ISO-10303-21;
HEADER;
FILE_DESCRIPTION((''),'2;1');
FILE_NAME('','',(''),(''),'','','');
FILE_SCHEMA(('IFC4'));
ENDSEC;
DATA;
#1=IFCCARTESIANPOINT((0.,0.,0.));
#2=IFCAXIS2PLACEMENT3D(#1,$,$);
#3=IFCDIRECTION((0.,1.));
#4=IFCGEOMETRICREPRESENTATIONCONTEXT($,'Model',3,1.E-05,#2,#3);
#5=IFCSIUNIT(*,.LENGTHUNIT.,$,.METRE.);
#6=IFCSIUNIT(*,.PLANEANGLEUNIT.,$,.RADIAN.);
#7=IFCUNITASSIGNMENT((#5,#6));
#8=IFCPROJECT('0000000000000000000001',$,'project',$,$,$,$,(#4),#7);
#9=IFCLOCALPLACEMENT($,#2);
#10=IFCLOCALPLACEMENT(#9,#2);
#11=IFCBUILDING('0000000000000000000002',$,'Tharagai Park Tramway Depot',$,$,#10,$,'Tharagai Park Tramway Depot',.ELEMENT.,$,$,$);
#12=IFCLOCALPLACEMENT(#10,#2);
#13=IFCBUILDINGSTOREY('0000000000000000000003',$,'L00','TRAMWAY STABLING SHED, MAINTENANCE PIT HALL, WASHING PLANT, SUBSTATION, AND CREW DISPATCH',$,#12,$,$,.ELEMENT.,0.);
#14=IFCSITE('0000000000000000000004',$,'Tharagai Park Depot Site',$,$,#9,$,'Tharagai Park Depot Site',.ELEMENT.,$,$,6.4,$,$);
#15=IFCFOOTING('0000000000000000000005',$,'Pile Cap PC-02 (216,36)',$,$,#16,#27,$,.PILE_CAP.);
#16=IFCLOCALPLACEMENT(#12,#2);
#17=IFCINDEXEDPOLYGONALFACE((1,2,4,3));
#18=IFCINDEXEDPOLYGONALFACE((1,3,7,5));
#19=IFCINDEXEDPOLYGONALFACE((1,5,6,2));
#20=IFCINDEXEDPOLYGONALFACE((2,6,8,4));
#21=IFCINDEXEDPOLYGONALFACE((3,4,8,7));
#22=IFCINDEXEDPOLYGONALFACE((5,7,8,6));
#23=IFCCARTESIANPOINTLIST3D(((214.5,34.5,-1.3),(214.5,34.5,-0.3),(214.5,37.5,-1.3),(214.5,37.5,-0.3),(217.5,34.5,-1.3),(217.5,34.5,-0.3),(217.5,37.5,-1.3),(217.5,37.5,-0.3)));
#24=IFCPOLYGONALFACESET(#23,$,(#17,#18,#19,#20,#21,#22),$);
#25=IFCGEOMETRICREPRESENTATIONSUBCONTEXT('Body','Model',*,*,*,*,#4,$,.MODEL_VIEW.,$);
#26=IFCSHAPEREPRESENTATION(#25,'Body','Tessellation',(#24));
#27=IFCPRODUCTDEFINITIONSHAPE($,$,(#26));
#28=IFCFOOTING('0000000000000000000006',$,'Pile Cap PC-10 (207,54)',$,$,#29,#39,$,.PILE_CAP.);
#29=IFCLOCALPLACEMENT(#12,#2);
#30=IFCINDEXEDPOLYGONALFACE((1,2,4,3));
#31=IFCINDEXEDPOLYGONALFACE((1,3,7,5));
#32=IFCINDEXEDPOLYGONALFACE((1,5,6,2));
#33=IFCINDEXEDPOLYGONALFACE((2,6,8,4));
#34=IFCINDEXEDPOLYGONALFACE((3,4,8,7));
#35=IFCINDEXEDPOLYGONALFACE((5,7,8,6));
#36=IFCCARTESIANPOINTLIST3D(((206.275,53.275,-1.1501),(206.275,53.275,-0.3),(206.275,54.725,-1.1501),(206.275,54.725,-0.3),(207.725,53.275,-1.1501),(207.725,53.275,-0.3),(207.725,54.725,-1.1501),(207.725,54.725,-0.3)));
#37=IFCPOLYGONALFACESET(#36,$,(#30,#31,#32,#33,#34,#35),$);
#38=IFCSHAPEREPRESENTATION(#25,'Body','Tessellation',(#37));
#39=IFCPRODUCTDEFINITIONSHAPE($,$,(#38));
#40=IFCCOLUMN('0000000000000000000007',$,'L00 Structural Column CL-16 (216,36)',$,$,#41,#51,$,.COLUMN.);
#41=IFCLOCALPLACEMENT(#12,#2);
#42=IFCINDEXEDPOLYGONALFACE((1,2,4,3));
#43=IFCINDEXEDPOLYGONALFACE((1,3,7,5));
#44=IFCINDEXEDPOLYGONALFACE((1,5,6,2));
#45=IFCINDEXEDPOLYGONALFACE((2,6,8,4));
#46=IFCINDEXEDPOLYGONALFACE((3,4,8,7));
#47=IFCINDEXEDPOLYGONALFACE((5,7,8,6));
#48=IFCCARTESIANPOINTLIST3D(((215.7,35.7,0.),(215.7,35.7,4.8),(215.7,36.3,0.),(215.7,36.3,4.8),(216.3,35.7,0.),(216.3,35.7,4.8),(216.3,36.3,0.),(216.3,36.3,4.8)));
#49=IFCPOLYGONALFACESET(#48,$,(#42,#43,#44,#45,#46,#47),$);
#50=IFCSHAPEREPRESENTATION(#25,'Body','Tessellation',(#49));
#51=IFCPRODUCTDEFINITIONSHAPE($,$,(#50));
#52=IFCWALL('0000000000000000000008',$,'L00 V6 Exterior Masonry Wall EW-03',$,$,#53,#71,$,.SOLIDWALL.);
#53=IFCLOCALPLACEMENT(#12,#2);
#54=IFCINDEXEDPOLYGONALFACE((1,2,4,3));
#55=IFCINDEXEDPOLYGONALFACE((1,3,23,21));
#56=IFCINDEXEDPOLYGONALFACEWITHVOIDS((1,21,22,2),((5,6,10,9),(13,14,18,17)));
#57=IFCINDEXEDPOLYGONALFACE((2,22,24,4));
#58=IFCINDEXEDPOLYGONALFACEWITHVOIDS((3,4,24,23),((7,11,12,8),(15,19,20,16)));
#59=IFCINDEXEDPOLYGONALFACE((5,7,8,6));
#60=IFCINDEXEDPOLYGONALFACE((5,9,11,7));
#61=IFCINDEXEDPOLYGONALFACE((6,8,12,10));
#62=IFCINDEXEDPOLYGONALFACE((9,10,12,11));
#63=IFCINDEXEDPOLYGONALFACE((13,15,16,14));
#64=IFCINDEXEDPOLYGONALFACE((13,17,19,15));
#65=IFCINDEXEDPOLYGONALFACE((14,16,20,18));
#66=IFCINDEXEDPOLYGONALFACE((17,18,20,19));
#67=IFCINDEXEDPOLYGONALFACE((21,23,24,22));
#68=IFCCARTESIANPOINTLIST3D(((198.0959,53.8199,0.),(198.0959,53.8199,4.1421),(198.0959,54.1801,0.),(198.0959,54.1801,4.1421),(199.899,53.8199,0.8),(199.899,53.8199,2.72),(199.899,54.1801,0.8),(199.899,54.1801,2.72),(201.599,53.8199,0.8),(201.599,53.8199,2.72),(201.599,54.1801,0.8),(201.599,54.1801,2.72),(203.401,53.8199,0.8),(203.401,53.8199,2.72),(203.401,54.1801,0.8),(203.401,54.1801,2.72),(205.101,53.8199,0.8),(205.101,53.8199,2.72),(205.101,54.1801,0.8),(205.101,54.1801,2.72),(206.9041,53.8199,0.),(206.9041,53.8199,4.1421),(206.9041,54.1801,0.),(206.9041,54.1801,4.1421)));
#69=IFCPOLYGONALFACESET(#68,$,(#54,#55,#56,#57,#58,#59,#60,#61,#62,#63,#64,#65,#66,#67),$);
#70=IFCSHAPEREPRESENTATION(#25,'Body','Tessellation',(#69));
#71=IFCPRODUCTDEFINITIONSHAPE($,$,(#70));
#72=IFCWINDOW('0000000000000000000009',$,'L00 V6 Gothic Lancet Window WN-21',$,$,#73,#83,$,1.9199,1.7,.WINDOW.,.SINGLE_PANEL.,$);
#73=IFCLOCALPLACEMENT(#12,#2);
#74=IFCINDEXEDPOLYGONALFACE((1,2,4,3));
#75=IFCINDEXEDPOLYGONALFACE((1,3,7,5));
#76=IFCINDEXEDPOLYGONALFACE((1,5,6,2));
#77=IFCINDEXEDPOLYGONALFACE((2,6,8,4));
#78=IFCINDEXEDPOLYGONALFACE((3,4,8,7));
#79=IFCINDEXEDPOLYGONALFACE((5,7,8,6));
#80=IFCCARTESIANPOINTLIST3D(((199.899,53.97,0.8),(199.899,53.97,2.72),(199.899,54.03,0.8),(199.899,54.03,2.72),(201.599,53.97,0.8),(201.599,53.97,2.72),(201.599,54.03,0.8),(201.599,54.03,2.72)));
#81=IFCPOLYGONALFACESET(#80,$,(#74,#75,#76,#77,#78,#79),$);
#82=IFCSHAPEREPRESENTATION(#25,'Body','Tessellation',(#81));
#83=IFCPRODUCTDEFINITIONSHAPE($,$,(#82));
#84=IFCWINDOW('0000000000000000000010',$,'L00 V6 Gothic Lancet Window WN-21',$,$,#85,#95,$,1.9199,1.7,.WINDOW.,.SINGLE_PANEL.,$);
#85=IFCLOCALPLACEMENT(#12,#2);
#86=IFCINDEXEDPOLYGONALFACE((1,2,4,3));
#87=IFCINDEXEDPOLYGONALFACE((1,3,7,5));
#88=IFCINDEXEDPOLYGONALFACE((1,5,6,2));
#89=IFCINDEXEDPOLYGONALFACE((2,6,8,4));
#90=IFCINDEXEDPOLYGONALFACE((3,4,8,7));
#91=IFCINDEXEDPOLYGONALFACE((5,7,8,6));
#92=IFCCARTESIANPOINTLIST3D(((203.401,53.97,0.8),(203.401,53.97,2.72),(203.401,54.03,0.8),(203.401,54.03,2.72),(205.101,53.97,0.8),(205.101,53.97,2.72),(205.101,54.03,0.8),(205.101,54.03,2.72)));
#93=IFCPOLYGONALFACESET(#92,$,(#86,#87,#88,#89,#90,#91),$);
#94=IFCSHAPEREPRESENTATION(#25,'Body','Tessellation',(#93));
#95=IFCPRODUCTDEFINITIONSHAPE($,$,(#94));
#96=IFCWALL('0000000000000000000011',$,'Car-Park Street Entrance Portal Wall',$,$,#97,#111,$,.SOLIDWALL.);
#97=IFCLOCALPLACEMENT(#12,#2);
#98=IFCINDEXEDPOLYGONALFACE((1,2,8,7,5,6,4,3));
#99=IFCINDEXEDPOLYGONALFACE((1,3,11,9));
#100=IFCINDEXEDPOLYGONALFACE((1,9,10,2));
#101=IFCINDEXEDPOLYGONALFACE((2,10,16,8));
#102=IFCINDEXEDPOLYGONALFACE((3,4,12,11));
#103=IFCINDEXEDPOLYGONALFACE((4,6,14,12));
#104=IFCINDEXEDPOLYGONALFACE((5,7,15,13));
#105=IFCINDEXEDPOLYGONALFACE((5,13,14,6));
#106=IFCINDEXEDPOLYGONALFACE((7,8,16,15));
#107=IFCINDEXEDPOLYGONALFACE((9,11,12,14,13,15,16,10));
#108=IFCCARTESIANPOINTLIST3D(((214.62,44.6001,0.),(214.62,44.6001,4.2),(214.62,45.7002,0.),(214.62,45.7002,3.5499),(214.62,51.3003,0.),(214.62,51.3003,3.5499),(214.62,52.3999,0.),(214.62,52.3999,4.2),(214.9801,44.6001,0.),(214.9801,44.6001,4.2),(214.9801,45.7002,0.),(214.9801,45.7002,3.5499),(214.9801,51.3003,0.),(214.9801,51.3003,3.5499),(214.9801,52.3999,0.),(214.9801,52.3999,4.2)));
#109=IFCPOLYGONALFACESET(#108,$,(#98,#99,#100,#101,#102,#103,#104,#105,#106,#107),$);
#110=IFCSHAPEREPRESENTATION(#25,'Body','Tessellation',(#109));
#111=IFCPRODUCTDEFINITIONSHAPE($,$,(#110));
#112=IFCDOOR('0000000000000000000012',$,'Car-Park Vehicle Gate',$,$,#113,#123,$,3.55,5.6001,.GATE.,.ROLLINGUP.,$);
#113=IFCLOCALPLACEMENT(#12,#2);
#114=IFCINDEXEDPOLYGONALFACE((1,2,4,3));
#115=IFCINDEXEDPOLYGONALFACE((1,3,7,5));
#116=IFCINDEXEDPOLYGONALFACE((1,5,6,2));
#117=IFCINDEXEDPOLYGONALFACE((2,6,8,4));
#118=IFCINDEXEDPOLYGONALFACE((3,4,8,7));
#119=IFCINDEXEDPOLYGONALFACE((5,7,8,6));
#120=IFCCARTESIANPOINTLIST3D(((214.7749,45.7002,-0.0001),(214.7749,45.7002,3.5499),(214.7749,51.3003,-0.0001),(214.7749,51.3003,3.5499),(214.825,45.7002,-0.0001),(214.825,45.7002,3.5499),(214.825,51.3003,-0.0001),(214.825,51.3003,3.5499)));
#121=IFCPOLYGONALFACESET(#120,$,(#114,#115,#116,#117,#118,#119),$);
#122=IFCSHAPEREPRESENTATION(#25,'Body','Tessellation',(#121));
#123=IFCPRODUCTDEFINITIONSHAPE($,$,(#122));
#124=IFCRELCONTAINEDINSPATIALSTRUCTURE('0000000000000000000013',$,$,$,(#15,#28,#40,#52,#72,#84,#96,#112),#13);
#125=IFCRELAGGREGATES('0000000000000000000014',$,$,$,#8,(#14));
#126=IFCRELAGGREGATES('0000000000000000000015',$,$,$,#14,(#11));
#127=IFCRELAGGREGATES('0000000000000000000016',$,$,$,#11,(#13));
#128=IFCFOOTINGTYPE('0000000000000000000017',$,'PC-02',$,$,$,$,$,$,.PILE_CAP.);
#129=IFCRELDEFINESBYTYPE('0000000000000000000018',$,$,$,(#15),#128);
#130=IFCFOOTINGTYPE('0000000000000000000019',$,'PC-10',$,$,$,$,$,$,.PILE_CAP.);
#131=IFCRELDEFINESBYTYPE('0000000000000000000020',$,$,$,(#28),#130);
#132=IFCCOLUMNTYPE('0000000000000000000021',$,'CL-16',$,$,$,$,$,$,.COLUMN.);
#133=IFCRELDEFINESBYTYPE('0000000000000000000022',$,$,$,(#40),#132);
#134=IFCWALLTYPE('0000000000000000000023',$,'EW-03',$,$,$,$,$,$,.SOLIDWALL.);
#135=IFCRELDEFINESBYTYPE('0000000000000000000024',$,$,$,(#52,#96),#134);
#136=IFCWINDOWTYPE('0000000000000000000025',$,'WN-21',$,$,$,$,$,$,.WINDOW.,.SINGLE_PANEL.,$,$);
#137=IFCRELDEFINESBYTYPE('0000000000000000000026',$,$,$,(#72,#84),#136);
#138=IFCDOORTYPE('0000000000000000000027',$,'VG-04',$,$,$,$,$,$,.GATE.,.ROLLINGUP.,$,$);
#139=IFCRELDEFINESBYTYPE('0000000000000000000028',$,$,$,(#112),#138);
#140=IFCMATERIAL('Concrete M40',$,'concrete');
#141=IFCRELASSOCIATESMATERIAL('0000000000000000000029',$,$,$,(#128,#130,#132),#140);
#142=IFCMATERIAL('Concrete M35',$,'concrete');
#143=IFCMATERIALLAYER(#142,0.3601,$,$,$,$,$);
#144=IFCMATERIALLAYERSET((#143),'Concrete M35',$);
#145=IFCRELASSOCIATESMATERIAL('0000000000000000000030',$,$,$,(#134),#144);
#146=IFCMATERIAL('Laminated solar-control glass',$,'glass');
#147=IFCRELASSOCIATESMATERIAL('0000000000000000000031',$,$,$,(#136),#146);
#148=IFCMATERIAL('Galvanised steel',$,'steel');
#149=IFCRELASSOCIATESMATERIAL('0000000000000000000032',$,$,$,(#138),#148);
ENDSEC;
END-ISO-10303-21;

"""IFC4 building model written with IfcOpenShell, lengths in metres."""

from ifc_helpers import new_model, si_unit, direction, frame, frame_2d, origin, origin_2d, place, context, subcontext, project, spatial, rectangle, extrude, material, layer, layer_set, material_profile, profile_set, type_object, element, fill, save


model = new_model("IFC4")

# Units and contexts
model_context = context("Model", 3, precision=1e-05, world=origin(), true_north=direction((0.0, 1.0)))
body_context = subcontext(model_context, "Body", "Model", "MODEL_VIEW")
ifc_project = project(units=[si_unit("LENGTHUNIT", "METRE"), si_unit("PLANEANGLEUNIT", "RADIAN")], contexts=[model_context])

# Site, building, storey
site_placement = place(None, origin())
site = spatial("IfcSite", under=ifc_project, at=site_placement, Name="Tharagai Park Depot Site", LongName="Tharagai Park Depot Site", CompositionType="ELEMENT", RefElevation=6.4)
building_placement = place(site_placement, origin())
building = spatial("IfcBuilding", under=site, at=building_placement, Name="Tharagai Park Tramway Depot", LongName="Tharagai Park Tramway Depot", CompositionType="ELEMENT")
storey_placement = place(building_placement, origin())
storey = spatial("IfcBuildingStorey", under=building, at=storey_placement, Name="L00", Description="TRAMWAY STABLING SHED, MAINTENANCE PIT HALL, WASHING PLANT, SUBSTATION, AND CREW DISPATCH", CompositionType="ELEMENT", Elevation=0.0)

# Shared definitions
ifc_material_1 = material(Name="Concrete M40", Category="concrete")

# Footings
footing_type_1 = type_object("IfcFootingType", Name="PC-02", PredefinedType="PILE_CAP", material=ifc_material_1)
footing_1_placement = place(storey_placement, frame((216.0, 36.0, -1.3), z_axis=(0.0, 0.0, 1.0), x_axis=(1.0, 0.0, 0.0)))
element("IfcFooting", 1, at=footing_1_placement, inside=storey, type_object=footing_type_1, Name="Pile Cap PC-02 (216,36)", PredefinedType="PILE_CAP", context=body_context, shape_type="SweptSolid", body=[
    extrude(rectangle(XDim=3.0, YDim=3.0, at=origin_2d()), origin(), (0.0, 0.0, 1.0), 1.0),
])
footing_type_2 = type_object("IfcFootingType", Name="PC-10", PredefinedType="PILE_CAP", material=ifc_material_1)
footing_2_placement = place(storey_placement, frame((207.0, 54.0, -1.1501), z_axis=(0.0, 0.0, 1.0), x_axis=(1.0, 0.0, 0.0)))
element("IfcFooting", 2, at=footing_2_placement, inside=storey, type_object=footing_type_2, Name="Pile Cap PC-10 (207,54)", PredefinedType="PILE_CAP", context=body_context, shape_type="SweptSolid", body=[
    extrude(rectangle(XDim=1.45, YDim=1.45, at=origin_2d()), origin(), (0.0, 0.0, 1.0), 0.8501),
])

# Column
ifc_material_profile_1 = material_profile(ifc_material_1, rectangle(XDim=0.6001, YDim=0.6001, at=origin_2d()), Name="RC 600x600")
ifc_profile_set_1 = profile_set([ifc_material_profile_1], Name="Concrete M40")
column_type = type_object("IfcColumnType", Name="CL-16", PredefinedType="COLUMN", material=ifc_profile_set_1)
column_placement = place(storey_placement, frame((216.0, 36.0, 0.0), z_axis=(0.0, 0.0, 1.0), x_axis=(1.0, 0.0, 0.0)))
element("IfcColumn", 3, at=column_placement, inside=storey, type_object=column_type, Name="L00 Structural Column CL-16 (216,36)", PredefinedType="COLUMN", context=body_context, shape_type="SweptSolid", body=[
    extrude(rectangle(XDim=0.6001, YDim=0.6001, at=origin_2d()), origin(), (0.0, 0.0, 1.0), 4.8),
])

# Wall, openings, windows
ifc_material_2 = material(Name="Concrete M35", Category="concrete")
ifc_layer_1 = layer(ifc_material_2, 0.3601)
ifc_layer_set_1 = layer_set([ifc_layer_1], Name="Concrete M35")
wall_type_1 = type_object("IfcWallType", Name="EW-03", PredefinedType="SOLIDWALL", material=ifc_layer_set_1)
wall_1_placement = place(storey_placement, frame((198.0959, 54.0, 0.0), z_axis=(0.0, 0.0, 1.0), x_axis=(1.0, 0.0, 0.0)))
wall_1 = element("IfcWall", 4, at=wall_1_placement, inside=storey, type_object=wall_type_1, Name="L00 V6 Exterior Masonry Wall EW-03", PredefinedType="SOLIDWALL", context=body_context, shape_type="SweptSolid", body=[
    extrude(rectangle(XDim=8.8081, YDim=0.3601, at=frame_2d((4.4041, 0.0))), origin(), (0.0, 0.0, 1.0), 4.1421),
])
opening_1_placement = place(wall_1_placement, frame((1.803, 0.0, 0.8)))
opening_1 = element("IfcOpeningElement", 5, at=opening_1_placement, cuts=wall_1, PredefinedType="OPENING", context=body_context, shape_type="SweptSolid", body=[
    extrude(rectangle(XDim=1.7, YDim=1.9199, at=frame_2d((0.8501, 0.96))), frame((0.0, 0.1899, 0.0), z_axis=(0.0, -1.0, 0.0), x_axis=(1.0, 0.0, 0.0)), (0.0, 0.0, 1.0), 0.3801),
])
opening_2_placement = place(wall_1_placement, frame((5.3049, 0.0, 0.8)))
opening_2 = element("IfcOpeningElement", 6, at=opening_2_placement, cuts=wall_1, PredefinedType="OPENING", context=body_context, shape_type="SweptSolid", body=[
    extrude(rectangle(XDim=1.7, YDim=1.9199, at=frame_2d((0.8501, 0.96))), frame((0.0, 0.1899, 0.0), z_axis=(0.0, -1.0, 0.0), x_axis=(1.0, 0.0, 0.0)), (0.0, 0.0, 1.0), 0.3801),
])
ifc_material_3 = material(Name="Laminated solar-control glass", Category="glass")
window_type_1 = type_object("IfcWindowType", Name="WN-21", PartitioningType="SINGLE_PANEL", PredefinedType="WINDOW", material=ifc_material_3)
window_1_placement = place(opening_1_placement, origin())
window_1 = element("IfcWindow", 7, at=window_1_placement, inside=storey, type_object=window_type_1, Name="L00 V6 Gothic Lancet Window WN-21", OverallHeight=1.9199, OverallWidth=1.7, PartitioningType="SINGLE_PANEL", PredefinedType="WINDOW", context=body_context, shape_type="SweptSolid", body=[
    extrude(rectangle(XDim=1.7, YDim=1.9199, at=frame_2d((0.8501, 0.96))), frame((0.0, 0.03, 0.0), z_axis=(0.0, -1.0, 0.0), x_axis=(1.0, 0.0, 0.0)), (0.0, 0.0, 1.0), 0.0601),
])
fill(opening_1, window_1)
window_2_placement = place(opening_2_placement, origin())
window_2 = element("IfcWindow", 8, at=window_2_placement, inside=storey, type_object=window_type_1, Name="L00 V6 Gothic Lancet Window WN-21", OverallHeight=1.9199, OverallWidth=1.7, PartitioningType="SINGLE_PANEL", PredefinedType="WINDOW", context=body_context, shape_type="SweptSolid", body=[
    extrude(rectangle(XDim=1.7, YDim=1.9199, at=frame_2d((0.8501, 0.96))), frame((0.0, 0.03, 0.0), z_axis=(0.0, -1.0, 0.0), x_axis=(1.0, 0.0, 0.0)), (0.0, 0.0, 1.0), 0.0601),
])
fill(opening_2, window_2)

# Wall, opening, door
wall_2_placement = place(storey_placement, frame((214.8, 44.6001, 0.0), z_axis=(0.0, 0.0, 1.0), x_axis=(0.0, 1.0, 0.0)))
wall_2 = element("IfcWall", 9, at=wall_2_placement, inside=storey, type_object=wall_type_1, Name="Car-Park Street Entrance Portal Wall", PredefinedType="SOLIDWALL", context=body_context, shape_type="SweptSolid", body=[
    extrude(rectangle(XDim=7.7998, YDim=0.3601, at=frame_2d((3.8999, 0.0))), origin(), (0.0, 0.0, 1.0), 4.2),
])
opening_3_placement = place(wall_2_placement, frame((1.1001, 0.0, 0.0)))
opening_3 = element("IfcOpeningElement", 10, at=opening_3_placement, cuts=wall_2, PredefinedType="OPENING", context=body_context, shape_type="SweptSolid", body=[
    extrude(rectangle(XDim=5.6001, YDim=3.55, at=frame_2d((2.8, 1.7749))), frame((0.0, 0.1899, 0.0), z_axis=(0.0, -1.0, 0.0), x_axis=(1.0, 0.0, 0.0)), (0.0, 0.0, 1.0), 0.3801),
])
ifc_material_4 = material(Name="Galvanised steel", Category="steel")
door_type = type_object("IfcDoorType", Name="VG-04", OperationType="ROLLINGUP", PredefinedType="GATE", material=ifc_material_4)
door_placement = place(opening_3_placement, frame((5.6001, 0.0, 0.0), z_axis=(0.0, 0.0, 1.0), x_axis=(-1.0, 0.0, 0.0)))
door = element("IfcDoor", 11, at=door_placement, inside=storey, type_object=door_type, Name="Car-Park Vehicle Gate", OperationType="ROLLINGUP", OverallHeight=3.55, OverallWidth=5.6001, PredefinedType="GATE", context=body_context, shape_type="SweptSolid", body=[
    extrude(rectangle(XDim=5.6001, YDim=3.55, at=frame_2d((2.8, 1.7749))), frame((0.0, 0.0249, 0.0), z_axis=(0.0, -1.0, 0.0), x_axis=(1.0, 0.0, 0.0)), (0.0, 0.0, 1.0), 0.05),
])
fill(opening_3, door)

save(model, "model.ifc")
